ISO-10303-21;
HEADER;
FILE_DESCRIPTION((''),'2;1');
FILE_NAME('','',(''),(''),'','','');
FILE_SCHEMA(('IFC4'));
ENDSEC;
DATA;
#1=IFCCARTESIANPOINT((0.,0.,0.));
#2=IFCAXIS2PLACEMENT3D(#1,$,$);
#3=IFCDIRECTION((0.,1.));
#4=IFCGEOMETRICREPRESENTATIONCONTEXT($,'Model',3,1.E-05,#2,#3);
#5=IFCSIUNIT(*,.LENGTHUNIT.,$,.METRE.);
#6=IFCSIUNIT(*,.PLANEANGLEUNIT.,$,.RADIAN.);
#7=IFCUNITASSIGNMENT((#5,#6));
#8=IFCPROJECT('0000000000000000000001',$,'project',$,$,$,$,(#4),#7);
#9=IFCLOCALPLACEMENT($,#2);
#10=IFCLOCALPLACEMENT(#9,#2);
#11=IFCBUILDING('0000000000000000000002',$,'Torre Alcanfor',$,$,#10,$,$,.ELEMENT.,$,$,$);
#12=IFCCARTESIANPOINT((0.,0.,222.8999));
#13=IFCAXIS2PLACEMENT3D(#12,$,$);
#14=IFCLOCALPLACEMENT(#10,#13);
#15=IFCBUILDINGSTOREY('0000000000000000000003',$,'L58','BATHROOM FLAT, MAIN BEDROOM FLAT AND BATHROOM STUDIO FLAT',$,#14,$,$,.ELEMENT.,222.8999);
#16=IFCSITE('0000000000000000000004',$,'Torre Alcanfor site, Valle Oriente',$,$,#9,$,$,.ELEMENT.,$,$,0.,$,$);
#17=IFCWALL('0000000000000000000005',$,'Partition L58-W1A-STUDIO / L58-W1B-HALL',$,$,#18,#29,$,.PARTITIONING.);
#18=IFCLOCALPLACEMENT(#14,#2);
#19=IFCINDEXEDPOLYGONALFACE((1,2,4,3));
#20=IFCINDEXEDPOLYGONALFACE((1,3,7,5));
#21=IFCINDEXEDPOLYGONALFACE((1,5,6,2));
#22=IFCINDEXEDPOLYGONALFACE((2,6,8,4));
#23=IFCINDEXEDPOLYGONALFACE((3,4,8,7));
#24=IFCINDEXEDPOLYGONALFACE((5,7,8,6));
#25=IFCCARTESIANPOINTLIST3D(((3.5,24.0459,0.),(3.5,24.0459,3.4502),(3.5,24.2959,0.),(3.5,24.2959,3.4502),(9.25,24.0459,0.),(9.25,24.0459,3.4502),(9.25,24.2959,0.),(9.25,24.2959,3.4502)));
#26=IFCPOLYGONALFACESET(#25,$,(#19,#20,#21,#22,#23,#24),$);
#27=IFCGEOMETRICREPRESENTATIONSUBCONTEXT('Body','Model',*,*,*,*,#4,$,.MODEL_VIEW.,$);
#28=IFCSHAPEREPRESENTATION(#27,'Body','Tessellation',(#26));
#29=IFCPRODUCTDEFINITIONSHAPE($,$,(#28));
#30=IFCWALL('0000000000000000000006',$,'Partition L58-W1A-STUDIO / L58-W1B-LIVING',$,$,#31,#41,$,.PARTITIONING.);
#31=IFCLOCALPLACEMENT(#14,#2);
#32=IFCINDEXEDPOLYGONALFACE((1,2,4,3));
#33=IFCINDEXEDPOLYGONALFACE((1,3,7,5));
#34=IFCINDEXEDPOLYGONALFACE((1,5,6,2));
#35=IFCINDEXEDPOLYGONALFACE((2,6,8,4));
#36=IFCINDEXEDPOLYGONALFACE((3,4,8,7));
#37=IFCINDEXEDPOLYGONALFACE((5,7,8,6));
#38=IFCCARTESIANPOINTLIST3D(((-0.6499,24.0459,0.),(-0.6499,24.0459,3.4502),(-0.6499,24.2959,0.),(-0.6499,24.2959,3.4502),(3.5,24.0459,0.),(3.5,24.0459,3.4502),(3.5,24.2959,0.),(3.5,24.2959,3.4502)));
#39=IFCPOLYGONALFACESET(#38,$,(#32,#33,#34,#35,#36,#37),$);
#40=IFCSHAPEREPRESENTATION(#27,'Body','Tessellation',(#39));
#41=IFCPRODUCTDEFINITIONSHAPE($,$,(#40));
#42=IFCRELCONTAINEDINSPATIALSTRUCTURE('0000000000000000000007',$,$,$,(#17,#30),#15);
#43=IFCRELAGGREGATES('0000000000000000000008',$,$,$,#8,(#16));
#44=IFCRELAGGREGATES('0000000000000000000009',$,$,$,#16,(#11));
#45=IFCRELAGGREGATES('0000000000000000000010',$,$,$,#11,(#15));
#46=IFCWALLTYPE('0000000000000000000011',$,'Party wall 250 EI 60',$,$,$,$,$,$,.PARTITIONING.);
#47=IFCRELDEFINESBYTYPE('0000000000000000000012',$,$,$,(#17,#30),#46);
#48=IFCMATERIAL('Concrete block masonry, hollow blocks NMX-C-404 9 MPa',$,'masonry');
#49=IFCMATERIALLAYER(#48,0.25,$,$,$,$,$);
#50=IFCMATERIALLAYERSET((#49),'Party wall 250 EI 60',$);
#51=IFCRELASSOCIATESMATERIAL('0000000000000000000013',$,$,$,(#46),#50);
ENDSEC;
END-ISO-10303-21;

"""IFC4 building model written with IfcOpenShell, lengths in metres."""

from ifc_helpers import new_model, si_unit, direction, frame, frame_2d, origin, place, context, subcontext, project, spatial, rectangle, extrude, material, layer, layer_set, type_object, element, save


model = new_model("IFC4")

# Units and contexts
model_context = context("Model", 3, precision=1e-05, world=origin(), true_north=direction((0.0, 1.0)))
body_context = subcontext(model_context, "Body", "Model", "MODEL_VIEW")
ifc_project = project(units=[si_unit("LENGTHUNIT", "METRE"), si_unit("PLANEANGLEUNIT", "RADIAN")], contexts=[model_context])

# Site, building, storey
site_placement = place(None, origin())
site = spatial("IfcSite", under=ifc_project, at=site_placement, Name="Torre Alcanfor site, Valle Oriente", CompositionType="ELEMENT", RefElevation=0.0)
building_placement = place(site_placement, origin())
building = spatial("IfcBuilding", under=site, at=building_placement, Name="Torre Alcanfor", CompositionType="ELEMENT")
storey_placement = place(building_placement, frame((0.0, 0.0, 222.8999)))
storey = spatial("IfcBuildingStorey", under=building, at=storey_placement, Name="L58", Description="BATHROOM FLAT, MAIN BEDROOM FLAT AND BATHROOM STUDIO FLAT", CompositionType="ELEMENT", Elevation=222.8999)

# Walls
ifc_material_1 = material(Name="Concrete block masonry, hollow blocks NMX-C-404 9 MPa", Category="masonry")
ifc_layer_1 = layer(ifc_material_1, 0.25)
ifc_layer_set_1 = layer_set([ifc_layer_1], Name="Party wall 250 EI 60")
wall_type_1 = type_object("IfcWallType", Name="Party wall 250 EI 60", PredefinedType="PARTITIONING", material=ifc_layer_set_1)
wall_1_placement = place(storey_placement, frame((3.5, 24.1709, 0.0), z_axis=(0.0, 0.0, 1.0), x_axis=(1.0, 0.0, 0.0)))
element("IfcWall", 1, at=wall_1_placement, inside=storey, type_object=wall_type_1, Name="Partition L58-W1A-STUDIO / L58-W1B-HALL", PredefinedType="PARTITIONING", context=body_context, shape_type="SweptSolid", body=[
    extrude(rectangle(XDim=5.75, YDim=0.25, at=frame_2d((2.875, 0.0))), origin(), (0.0, 0.0, 1.0), 3.4502),
])
wall_2_placement = place(storey_placement, frame((-0.6499, 24.1709, 0.0), z_axis=(0.0, 0.0, 1.0), x_axis=(1.0, 0.0, 0.0)))
element("IfcWall", 2, at=wall_2_placement, inside=storey, type_object=wall_type_1, Name="Partition L58-W1A-STUDIO / L58-W1B-LIVING", PredefinedType="PARTITIONING", context=body_context, shape_type="SweptSolid", body=[
    extrude(rectangle(XDim=4.1499, YDim=0.25, at=frame_2d((2.075, 0.0))), origin(), (0.0, 0.0, 1.0), 3.4502),
])

save(model, "model.ifc")
